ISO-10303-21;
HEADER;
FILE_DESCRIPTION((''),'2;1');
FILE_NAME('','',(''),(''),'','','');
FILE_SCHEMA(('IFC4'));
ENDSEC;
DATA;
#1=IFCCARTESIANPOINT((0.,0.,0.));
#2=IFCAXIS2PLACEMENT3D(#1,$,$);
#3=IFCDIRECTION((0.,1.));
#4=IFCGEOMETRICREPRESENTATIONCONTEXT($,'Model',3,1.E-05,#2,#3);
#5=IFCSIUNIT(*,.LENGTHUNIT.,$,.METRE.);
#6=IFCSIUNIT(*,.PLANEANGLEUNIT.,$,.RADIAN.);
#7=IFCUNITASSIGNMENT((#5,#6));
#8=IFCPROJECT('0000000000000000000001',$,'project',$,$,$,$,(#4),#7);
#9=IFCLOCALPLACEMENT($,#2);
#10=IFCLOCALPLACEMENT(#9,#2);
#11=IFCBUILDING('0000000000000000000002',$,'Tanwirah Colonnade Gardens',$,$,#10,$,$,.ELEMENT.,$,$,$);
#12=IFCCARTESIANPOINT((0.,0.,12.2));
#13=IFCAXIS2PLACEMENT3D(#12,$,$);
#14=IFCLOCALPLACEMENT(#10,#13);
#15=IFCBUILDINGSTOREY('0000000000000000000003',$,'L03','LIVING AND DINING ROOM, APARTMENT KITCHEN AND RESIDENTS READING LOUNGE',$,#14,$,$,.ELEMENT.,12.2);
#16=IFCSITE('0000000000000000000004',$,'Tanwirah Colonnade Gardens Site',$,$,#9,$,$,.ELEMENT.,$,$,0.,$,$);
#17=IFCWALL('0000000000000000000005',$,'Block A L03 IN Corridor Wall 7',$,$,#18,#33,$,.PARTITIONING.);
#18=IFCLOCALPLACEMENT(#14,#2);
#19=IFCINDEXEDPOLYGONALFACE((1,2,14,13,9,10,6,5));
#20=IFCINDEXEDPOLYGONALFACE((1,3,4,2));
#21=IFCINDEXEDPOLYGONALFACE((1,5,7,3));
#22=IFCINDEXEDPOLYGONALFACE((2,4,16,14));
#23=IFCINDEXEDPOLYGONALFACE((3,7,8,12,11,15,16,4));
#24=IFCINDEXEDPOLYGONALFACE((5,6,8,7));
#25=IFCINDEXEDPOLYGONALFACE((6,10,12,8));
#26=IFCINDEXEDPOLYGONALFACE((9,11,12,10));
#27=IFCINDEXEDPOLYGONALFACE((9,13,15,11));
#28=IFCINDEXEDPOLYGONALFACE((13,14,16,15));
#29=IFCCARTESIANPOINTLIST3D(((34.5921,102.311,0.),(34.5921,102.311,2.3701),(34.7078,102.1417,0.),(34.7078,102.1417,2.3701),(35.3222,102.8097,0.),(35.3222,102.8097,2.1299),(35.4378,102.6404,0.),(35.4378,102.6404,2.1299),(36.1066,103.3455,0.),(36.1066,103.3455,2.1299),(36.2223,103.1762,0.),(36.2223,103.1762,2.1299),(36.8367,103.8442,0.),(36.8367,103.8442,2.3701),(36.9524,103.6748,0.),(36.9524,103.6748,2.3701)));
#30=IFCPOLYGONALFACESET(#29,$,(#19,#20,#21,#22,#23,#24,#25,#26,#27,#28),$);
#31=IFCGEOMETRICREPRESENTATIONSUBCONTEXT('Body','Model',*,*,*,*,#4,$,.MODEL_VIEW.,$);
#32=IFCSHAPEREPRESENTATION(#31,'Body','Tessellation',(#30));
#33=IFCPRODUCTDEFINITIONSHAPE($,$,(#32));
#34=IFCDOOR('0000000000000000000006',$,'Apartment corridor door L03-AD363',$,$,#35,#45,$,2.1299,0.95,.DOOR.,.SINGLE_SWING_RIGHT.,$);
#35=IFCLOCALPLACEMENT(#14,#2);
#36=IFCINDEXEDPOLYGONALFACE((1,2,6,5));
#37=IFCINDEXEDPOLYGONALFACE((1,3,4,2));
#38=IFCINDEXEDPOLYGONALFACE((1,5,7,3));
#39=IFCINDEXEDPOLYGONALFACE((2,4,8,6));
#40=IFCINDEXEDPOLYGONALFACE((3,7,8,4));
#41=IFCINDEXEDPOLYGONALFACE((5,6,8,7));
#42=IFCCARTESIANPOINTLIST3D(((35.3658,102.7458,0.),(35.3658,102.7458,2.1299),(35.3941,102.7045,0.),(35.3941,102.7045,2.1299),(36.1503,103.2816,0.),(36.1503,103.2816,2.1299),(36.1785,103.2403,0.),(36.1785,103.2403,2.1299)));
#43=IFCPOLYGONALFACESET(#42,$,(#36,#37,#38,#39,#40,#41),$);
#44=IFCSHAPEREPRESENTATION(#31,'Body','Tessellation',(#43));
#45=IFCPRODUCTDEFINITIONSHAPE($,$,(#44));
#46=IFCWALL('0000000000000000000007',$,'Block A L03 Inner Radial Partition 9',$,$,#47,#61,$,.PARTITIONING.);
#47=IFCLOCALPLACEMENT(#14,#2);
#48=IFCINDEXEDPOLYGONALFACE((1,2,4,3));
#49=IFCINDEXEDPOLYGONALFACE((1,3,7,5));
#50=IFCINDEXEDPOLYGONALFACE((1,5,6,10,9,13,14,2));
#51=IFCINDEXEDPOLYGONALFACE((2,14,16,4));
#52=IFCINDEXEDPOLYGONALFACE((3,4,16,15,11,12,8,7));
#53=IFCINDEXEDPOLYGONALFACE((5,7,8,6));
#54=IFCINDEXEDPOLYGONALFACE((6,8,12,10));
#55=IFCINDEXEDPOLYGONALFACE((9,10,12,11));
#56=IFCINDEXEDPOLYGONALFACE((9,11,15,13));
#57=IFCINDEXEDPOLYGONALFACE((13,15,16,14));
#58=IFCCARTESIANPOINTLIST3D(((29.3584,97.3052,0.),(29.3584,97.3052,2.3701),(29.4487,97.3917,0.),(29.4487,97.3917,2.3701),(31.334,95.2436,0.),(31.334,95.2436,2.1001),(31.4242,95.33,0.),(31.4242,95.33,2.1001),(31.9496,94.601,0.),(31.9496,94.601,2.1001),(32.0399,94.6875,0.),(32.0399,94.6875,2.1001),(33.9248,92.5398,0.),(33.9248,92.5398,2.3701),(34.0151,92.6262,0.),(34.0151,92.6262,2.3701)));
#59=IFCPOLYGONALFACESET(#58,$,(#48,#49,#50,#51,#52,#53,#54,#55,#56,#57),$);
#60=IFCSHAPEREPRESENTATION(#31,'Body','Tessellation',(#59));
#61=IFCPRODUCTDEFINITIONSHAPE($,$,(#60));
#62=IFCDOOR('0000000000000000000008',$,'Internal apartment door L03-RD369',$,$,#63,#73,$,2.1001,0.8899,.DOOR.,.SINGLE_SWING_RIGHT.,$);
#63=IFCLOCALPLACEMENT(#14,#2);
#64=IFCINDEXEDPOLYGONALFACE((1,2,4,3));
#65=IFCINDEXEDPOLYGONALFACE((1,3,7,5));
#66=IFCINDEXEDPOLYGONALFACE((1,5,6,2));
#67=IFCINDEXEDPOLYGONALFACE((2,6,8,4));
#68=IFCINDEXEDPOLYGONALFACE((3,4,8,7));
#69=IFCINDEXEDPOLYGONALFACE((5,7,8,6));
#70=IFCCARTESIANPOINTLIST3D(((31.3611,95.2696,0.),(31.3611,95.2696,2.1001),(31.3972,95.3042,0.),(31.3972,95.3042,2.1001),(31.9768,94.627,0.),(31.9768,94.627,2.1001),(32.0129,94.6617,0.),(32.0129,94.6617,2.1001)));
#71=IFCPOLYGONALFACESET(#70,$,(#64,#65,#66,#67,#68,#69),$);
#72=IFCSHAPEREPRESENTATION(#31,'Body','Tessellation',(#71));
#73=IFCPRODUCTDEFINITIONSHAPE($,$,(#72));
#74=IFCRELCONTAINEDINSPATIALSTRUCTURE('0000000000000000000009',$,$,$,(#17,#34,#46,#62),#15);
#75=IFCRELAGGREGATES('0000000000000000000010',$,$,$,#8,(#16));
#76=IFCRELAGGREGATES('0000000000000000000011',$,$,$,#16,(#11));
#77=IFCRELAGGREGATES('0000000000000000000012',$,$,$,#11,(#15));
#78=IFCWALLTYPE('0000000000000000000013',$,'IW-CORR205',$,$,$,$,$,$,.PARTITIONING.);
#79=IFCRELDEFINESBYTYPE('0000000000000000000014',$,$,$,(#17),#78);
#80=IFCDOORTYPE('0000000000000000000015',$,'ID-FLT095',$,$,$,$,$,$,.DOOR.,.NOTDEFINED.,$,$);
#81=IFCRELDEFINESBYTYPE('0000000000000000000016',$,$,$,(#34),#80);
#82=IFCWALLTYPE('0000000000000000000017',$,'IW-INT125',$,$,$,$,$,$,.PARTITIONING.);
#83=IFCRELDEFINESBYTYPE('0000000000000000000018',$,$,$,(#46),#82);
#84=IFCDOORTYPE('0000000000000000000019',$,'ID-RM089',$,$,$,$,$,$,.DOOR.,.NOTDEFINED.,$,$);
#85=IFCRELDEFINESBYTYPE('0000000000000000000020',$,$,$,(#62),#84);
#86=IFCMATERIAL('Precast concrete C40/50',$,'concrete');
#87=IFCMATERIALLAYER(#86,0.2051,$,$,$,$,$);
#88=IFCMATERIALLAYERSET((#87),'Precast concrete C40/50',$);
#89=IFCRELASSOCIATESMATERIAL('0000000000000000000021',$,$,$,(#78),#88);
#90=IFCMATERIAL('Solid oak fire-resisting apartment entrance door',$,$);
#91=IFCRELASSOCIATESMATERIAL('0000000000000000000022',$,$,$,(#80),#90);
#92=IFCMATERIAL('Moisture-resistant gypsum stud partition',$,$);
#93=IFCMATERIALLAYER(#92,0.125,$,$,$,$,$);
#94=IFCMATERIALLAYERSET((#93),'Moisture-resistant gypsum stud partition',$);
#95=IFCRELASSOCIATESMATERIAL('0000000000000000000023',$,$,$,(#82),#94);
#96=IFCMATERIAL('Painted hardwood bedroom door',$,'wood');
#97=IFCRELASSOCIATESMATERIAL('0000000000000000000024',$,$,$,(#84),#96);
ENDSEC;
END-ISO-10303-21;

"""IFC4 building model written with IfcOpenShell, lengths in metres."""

from ifc_helpers import new_model, si_unit, direction, frame, frame_2d, origin, place, context, subcontext, project, spatial, rectangle, extrude, material, layer, layer_set, type_object, element, fill, save


model = new_model("IFC4")

# Units and contexts
model_context = context("Model", 3, precision=1e-05, world=origin(), true_north=direction((0.0, 1.0)))
body_context = subcontext(model_context, "Body", "Model", "MODEL_VIEW")
ifc_project = project(units=[si_unit("LENGTHUNIT", "METRE"), si_unit("PLANEANGLEUNIT", "RADIAN")], contexts=[model_context])

# Site, building, storey
site_placement = place(None, origin())
site = spatial("IfcSite", under=ifc_project, at=site_placement, Name="Tanwirah Colonnade Gardens Site", CompositionType="ELEMENT", RefElevation=0.0)
building_placement = place(site_placement, origin())
building = spatial("IfcBuilding", under=site, at=building_placement, Name="Tanwirah Colonnade Gardens", CompositionType="ELEMENT")
storey_placement = place(building_placement, frame((0.0, 0.0, 12.2)))
storey = spatial("IfcBuildingStorey", under=building, at=storey_placement, Name="L03", Description="LIVING AND DINING ROOM, APARTMENT KITCHEN AND RESIDENTS READING LOUNGE", CompositionType="ELEMENT", Elevation=12.2)

# Shared definitions
ifc_material_1 = material(Name="Precast concrete C40/50", Category="concrete")

# Walls, openings, doors
ifc_layer_1 = layer(ifc_material_1, 0.2051)
ifc_layer_set_1 = layer_set([ifc_layer_1], Name="Precast concrete C40/50")
wall_type_1 = type_object("IfcWallType", Name="IW-CORR205", PredefinedType="PARTITIONING", material=ifc_layer_set_1)
wall_1_placement = place(storey_placement, frame((36.8945, 103.7595, 0.0), z_axis=(0.0, 0.0, 1.0), x_axis=(-0.825752, -0.564033, 0.0)))
wall_1 = element("IfcWall", 1, at=wall_1_placement, inside=storey, type_object=wall_type_1, Name="Block A L03 IN Corridor Wall 7", PredefinedType="PARTITIONING", context=body_context, shape_type="SweptSolid", body=[
    extrude(rectangle(XDim=2.7183, YDim=0.2051, at=frame_2d((1.3591, 0.0))), origin(), (0.0, 0.0, 1.0), 2.3701),
])
opening_1_placement = place(wall_1_placement, frame((0.884, 0.0, 0.0)))
opening_1 = element("IfcOpeningElement", 2, at=opening_1_placement, cuts=wall_1, PredefinedType="OPENING", context=body_context, shape_type="SweptSolid", body=[
    extrude(rectangle(XDim=0.95, YDim=2.1299, at=frame_2d((0.4751, 1.0649))), frame((0.0, 0.1125, 0.0), z_axis=(0.0, -1.0, 0.0), x_axis=(1.0, 0.0, 0.0)), (0.0, 0.0, 1.0), 0.2251),
])
ifc_material_2 = material(Name="Solid oak fire-resisting apartment entrance door")
door_type_1 = type_object("IfcDoorType", Name="ID-FLT095", OperationType="NOTDEFINED", PredefinedType="DOOR", material=ifc_material_2)
door_1_placement = place(opening_1_placement, origin())
door_1 = element("IfcDoor", 3, at=door_1_placement, inside=storey, type_object=door_type_1, Name="Apartment corridor door L03-AD363", OperationType="SINGLE_SWING_RIGHT", OverallHeight=2.1299, OverallWidth=0.95, PredefinedType="DOOR", context=body_context, shape_type="SweptSolid", body=[
    extrude(rectangle(XDim=0.95, YDim=2.1299, at=frame_2d((0.4751, 1.0649))), frame((0.0, 0.0249, 0.0), z_axis=(0.0, -1.0, 0.0), x_axis=(1.0, 0.0, 0.0)), (0.0, 0.0, 1.0), 0.05),
])
fill(opening_1, door_1)
ifc_material_3 = material(Name="Moisture-resistant gypsum stud partition")
ifc_layer_2 = layer(ifc_material_3, 0.125)
ifc_layer_set_2 = layer_set([ifc_layer_2], Name="Moisture-resistant gypsum stud partition")
wall_type_2 = type_object("IfcWallType", Name="IW-INT125", PredefinedType="PARTITIONING", material=ifc_layer_set_2)
wall_2_placement = place(storey_placement, frame((33.97, 92.583, 0.0), z_axis=(0.0, 0.0, 1.0), x_axis=(-0.691872, 0.72202, 0.0)))
wall_2 = element("IfcWall", 4, at=wall_2_placement, inside=storey, type_object=wall_type_2, Name="Block A L03 Inner Radial Partition 9", PredefinedType="PARTITIONING", context=body_context, shape_type="SweptSolid", body=[
    extrude(rectangle(XDim=6.6001, YDim=0.125, at=frame_2d((3.3, 0.0))), origin(), (0.0, 0.0, 1.0), 2.3701),
])
opening_2_placement = place(wall_2_placement, frame((2.855, 0.0, 0.0)))
opening_2 = element("IfcOpeningElement", 5, at=opening_2_placement, cuts=wall_2, PredefinedType="OPENING", context=body_context, shape_type="SweptSolid", body=[
    extrude(rectangle(XDim=0.8899, YDim=2.1001, at=frame_2d((0.4448, 1.05))), frame((0.0, 0.0725, 0.0), z_axis=(0.0, -1.0, 0.0), x_axis=(1.0, 0.0, 0.0)), (0.0, 0.0, 1.0), 0.145),
])
ifc_material_4 = material(Name="Painted hardwood bedroom door", Category="wood")
door_type_2 = type_object("IfcDoorType", Name="ID-RM089", OperationType="NOTDEFINED", PredefinedType="DOOR", material=ifc_material_4)
door_2_placement = place(opening_2_placement, origin())
door_2 = element("IfcDoor", 6, at=door_2_placement, inside=storey, type_object=door_type_2, Name="Internal apartment door L03-RD369", OperationType="SINGLE_SWING_RIGHT", OverallHeight=2.1001, OverallWidth=0.8899, PredefinedType="DOOR", context=body_context, shape_type="SweptSolid", body=[
    extrude(rectangle(XDim=0.8899, YDim=2.1001, at=frame_2d((0.4448, 1.05))), frame((0.0, 0.0249, 0.0), z_axis=(0.0, -1.0, 0.0), x_axis=(1.0, 0.0, 0.0)), (0.0, 0.0, 1.0), 0.05),
])
fill(opening_2, door_2)

save(model, "model.ifc")
